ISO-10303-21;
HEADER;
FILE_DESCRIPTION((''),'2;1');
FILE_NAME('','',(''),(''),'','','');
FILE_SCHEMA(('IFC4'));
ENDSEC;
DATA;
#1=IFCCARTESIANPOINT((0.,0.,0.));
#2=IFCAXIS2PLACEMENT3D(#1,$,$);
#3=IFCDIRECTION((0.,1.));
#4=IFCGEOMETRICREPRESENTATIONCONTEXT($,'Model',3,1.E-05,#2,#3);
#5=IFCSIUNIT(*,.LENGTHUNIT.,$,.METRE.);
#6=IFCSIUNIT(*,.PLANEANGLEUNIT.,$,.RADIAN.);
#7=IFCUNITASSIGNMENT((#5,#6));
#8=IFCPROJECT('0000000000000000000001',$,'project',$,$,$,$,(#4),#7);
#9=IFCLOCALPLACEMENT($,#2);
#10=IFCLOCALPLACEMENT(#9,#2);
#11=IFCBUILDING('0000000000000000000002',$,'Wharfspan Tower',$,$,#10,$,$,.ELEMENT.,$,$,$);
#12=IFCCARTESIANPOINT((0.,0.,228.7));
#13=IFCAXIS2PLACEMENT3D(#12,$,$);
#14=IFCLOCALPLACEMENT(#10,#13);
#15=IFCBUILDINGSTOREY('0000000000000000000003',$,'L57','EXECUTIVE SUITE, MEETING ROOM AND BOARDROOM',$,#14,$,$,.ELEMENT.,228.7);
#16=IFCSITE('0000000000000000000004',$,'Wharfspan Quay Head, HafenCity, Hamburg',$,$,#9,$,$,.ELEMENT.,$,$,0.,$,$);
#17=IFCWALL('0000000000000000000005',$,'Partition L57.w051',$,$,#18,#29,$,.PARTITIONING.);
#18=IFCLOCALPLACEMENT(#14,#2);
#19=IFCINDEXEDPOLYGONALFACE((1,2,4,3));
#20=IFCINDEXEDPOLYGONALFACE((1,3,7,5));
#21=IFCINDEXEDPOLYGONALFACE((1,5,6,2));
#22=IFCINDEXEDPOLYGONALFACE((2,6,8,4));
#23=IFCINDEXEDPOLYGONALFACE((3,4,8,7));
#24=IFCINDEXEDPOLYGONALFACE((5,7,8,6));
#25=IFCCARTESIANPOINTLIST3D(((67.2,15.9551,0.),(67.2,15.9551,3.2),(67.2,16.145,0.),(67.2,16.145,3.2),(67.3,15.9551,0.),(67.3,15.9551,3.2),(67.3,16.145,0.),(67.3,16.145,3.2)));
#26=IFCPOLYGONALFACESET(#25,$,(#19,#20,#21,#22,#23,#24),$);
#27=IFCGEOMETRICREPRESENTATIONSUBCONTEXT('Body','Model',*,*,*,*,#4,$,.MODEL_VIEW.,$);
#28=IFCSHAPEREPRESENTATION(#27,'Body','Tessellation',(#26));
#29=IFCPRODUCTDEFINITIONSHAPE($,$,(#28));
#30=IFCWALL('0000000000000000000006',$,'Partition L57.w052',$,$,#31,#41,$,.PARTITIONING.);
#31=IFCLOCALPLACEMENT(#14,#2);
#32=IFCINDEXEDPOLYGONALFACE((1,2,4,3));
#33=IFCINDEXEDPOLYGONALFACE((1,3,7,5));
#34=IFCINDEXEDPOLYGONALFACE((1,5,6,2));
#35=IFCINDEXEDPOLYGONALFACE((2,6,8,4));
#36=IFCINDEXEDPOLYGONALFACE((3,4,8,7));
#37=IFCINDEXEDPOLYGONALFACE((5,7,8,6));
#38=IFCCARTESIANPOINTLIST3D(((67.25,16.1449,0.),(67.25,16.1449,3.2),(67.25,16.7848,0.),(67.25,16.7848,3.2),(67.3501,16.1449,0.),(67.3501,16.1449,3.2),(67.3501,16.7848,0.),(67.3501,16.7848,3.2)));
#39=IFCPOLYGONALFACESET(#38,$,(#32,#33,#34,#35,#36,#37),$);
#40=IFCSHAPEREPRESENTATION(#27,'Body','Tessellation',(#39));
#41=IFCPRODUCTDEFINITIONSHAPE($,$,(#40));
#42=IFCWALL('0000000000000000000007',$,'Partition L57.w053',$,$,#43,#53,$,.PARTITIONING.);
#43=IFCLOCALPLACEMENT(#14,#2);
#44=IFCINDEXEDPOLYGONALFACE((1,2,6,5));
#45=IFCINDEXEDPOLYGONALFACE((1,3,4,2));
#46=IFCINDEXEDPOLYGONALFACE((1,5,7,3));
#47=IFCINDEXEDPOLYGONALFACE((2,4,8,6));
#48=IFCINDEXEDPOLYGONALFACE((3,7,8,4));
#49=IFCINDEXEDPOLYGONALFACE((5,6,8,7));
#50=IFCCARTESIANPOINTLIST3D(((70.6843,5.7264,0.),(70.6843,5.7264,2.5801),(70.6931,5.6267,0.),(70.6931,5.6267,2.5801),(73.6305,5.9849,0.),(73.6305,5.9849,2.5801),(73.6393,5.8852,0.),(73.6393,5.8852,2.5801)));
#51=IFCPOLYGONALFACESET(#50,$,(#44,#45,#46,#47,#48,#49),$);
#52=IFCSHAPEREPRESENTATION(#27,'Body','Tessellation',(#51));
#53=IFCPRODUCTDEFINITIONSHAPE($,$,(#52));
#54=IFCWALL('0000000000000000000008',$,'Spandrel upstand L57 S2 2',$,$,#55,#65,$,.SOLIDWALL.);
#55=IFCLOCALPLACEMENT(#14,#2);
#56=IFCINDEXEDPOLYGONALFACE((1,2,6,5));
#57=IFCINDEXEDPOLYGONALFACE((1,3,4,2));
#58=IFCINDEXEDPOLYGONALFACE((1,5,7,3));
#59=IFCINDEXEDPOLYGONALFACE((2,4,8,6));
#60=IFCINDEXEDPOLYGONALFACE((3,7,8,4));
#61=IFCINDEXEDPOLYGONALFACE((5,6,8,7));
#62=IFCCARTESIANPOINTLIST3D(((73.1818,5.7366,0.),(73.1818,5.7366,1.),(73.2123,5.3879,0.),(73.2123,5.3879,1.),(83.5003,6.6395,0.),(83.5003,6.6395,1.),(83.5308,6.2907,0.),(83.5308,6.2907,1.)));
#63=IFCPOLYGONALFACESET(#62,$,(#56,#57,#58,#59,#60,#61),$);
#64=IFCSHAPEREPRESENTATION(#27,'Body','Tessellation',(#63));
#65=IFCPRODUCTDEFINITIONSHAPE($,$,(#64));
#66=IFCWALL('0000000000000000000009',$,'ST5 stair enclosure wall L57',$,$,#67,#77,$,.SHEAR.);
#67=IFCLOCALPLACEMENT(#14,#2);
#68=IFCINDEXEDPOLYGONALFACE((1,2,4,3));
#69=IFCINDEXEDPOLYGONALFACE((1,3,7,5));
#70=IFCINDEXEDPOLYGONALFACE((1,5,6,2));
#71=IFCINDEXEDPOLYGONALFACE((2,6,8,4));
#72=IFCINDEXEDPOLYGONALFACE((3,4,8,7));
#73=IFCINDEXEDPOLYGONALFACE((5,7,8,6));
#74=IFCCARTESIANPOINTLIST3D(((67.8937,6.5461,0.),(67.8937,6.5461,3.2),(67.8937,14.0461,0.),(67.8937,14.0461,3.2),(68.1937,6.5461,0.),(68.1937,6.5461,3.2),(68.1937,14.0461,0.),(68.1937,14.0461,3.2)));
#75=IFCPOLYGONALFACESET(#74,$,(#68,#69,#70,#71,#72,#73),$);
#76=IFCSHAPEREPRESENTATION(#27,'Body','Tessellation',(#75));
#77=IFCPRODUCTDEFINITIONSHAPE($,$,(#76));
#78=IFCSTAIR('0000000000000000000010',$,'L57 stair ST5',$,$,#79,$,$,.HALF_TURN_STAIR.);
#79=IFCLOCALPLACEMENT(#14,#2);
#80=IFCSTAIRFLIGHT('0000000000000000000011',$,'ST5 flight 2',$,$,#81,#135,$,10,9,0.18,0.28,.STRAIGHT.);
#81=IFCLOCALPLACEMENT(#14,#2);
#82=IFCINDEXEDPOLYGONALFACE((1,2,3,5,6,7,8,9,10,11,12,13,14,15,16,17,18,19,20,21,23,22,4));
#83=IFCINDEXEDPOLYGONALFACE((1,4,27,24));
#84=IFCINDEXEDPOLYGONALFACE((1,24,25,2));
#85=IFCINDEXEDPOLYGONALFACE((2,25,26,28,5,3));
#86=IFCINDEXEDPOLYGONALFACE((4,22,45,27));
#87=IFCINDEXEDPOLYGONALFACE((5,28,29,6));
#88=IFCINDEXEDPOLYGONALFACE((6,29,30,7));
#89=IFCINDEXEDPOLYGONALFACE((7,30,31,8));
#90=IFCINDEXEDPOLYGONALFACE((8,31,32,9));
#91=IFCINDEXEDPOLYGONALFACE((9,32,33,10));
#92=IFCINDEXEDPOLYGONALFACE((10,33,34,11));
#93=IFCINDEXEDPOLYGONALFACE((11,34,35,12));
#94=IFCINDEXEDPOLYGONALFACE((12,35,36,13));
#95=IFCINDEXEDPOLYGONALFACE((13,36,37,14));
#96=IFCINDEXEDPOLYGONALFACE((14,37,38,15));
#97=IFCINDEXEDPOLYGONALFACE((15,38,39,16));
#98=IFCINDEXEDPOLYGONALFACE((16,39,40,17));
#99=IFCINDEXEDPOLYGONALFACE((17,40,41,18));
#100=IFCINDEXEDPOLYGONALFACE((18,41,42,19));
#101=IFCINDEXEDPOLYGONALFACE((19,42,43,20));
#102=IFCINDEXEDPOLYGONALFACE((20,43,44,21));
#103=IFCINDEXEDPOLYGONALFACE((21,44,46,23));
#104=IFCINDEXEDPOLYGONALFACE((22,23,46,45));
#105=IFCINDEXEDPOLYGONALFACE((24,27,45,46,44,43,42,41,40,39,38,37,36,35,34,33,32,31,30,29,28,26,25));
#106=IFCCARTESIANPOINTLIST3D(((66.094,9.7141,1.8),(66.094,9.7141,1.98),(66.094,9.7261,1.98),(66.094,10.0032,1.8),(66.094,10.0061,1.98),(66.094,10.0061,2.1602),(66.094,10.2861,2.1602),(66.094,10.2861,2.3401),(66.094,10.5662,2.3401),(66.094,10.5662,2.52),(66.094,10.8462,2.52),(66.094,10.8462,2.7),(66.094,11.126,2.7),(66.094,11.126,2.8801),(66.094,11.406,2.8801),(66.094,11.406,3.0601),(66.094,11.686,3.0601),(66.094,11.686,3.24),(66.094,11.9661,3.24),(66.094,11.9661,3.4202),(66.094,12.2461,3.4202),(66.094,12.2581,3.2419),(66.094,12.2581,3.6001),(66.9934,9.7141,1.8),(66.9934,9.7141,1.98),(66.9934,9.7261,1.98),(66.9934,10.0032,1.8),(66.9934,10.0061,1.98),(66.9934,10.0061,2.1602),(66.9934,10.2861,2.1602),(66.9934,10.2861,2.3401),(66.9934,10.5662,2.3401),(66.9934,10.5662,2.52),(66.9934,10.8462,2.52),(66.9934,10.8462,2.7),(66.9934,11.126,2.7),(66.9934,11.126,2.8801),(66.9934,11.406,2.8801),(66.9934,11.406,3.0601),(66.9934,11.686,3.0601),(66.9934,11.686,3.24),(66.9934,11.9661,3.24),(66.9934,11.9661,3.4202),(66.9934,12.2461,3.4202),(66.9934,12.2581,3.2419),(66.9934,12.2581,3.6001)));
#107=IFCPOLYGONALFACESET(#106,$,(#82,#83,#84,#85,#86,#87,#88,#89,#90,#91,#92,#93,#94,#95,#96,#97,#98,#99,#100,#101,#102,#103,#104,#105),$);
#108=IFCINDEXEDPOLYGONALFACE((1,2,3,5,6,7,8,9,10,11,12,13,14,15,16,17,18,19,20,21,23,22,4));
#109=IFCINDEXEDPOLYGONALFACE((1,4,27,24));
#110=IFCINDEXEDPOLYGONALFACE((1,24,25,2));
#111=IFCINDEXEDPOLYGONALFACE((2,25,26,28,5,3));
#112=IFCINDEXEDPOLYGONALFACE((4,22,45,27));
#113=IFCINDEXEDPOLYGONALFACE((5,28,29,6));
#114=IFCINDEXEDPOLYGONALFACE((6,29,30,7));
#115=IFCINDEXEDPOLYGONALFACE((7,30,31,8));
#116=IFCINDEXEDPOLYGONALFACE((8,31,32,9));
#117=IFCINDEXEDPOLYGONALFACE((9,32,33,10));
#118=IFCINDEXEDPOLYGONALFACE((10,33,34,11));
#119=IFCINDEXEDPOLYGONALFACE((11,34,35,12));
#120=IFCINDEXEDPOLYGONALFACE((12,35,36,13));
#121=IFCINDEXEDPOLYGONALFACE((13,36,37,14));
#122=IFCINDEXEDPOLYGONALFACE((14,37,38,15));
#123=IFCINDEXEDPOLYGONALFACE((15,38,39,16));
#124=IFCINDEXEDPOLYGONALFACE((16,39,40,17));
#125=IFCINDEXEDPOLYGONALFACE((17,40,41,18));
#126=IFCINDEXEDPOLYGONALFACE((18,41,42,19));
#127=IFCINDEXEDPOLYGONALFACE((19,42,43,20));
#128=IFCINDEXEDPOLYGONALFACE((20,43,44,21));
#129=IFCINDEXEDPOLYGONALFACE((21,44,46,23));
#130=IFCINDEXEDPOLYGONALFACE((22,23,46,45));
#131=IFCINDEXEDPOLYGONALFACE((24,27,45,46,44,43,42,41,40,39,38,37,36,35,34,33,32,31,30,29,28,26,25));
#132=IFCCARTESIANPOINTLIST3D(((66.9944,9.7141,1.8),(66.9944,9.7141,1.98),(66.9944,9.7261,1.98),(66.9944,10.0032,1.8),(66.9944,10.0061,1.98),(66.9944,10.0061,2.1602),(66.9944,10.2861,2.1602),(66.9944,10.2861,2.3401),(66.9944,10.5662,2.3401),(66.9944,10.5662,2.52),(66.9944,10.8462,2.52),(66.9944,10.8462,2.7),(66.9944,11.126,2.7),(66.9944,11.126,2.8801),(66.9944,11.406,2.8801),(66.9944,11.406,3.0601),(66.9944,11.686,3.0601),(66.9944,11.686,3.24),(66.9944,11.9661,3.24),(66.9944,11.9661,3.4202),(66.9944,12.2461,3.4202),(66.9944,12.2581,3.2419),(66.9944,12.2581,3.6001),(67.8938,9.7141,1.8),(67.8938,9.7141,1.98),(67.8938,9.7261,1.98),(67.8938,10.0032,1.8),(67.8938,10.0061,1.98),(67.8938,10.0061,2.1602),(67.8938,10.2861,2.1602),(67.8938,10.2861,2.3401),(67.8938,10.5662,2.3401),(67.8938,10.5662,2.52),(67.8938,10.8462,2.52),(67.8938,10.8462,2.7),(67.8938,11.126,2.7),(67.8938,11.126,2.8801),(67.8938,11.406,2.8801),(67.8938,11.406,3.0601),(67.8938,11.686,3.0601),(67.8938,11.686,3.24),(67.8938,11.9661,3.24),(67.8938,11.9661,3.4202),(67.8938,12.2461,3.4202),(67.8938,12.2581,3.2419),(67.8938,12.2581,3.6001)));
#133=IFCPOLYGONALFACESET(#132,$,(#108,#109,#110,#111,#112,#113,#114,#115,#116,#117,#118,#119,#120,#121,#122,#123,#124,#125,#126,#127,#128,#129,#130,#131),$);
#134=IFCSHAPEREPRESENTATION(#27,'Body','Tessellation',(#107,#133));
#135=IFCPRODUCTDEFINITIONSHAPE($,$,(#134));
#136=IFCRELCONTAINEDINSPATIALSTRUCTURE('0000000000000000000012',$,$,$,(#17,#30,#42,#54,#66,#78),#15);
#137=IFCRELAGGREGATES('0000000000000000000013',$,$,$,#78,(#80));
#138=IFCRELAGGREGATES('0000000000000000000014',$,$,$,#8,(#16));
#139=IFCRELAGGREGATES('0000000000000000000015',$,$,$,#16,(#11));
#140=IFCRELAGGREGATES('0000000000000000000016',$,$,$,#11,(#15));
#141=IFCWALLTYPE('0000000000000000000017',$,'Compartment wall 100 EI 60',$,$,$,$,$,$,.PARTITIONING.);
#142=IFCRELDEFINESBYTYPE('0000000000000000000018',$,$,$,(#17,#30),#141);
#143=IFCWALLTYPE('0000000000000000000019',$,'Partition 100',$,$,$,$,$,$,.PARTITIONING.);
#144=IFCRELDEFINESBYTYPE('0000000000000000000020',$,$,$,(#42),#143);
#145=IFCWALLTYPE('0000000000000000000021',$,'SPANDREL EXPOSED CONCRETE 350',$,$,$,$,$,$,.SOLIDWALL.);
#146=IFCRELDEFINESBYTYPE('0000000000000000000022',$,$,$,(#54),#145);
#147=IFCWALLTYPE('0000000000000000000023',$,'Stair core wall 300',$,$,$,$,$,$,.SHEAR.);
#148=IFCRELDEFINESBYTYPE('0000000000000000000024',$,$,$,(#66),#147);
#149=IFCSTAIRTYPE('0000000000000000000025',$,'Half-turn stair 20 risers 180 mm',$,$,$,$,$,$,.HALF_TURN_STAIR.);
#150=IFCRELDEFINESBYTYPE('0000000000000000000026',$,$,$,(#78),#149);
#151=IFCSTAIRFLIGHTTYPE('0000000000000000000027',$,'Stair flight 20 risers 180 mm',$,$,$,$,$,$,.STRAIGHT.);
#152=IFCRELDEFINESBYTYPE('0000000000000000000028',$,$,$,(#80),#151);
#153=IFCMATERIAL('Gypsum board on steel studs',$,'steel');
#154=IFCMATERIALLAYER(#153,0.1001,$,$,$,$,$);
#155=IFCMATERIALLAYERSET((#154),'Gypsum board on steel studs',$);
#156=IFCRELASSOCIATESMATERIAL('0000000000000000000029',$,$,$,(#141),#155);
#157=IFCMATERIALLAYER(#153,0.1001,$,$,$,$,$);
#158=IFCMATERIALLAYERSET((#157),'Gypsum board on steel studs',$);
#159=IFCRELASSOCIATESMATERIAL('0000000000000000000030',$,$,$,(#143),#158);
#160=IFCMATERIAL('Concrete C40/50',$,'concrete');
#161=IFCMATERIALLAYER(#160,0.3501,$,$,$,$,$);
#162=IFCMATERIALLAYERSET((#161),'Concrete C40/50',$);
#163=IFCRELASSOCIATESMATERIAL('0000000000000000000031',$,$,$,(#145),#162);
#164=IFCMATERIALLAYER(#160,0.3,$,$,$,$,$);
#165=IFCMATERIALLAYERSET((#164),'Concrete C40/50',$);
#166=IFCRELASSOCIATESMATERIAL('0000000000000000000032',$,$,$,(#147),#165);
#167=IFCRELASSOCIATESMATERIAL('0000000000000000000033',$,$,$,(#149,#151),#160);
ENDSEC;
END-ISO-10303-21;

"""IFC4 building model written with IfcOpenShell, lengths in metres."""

from ifc_helpers import new_model, si_unit, direction, frame, frame_2d, origin, place, context, subcontext, project, spatial, polyline, rectangle, outline, extrude, material, layer, layer_set, type_object, element, aggregate, save


model = new_model("IFC4")

# Units and contexts
model_context = context("Model", 3, precision=1e-05, world=origin(), true_north=direction((0.0, 1.0)))
body_context = subcontext(model_context, "Body", "Model", "MODEL_VIEW")
ifc_project = project(units=[si_unit("LENGTHUNIT", "METRE"), si_unit("PLANEANGLEUNIT", "RADIAN")], contexts=[model_context])

# Site, building, storey
site_placement = place(None, origin())
site = spatial("IfcSite", under=ifc_project, at=site_placement, Name="Wharfspan Quay Head, HafenCity, Hamburg", CompositionType="ELEMENT", RefElevation=0.0)
building_placement = place(site_placement, origin())
building = spatial("IfcBuilding", under=site, at=building_placement, Name="Wharfspan Tower", CompositionType="ELEMENT")
storey_placement = place(building_placement, frame((0.0, 0.0, 228.7)))
storey = spatial("IfcBuildingStorey", under=building, at=storey_placement, Name="L57", Description="EXECUTIVE SUITE, MEETING ROOM AND BOARDROOM", CompositionType="ELEMENT", Elevation=228.7)

# Walls
ifc_material_1 = material(Name="Gypsum board on steel studs", Category="steel")
ifc_layer_1 = layer(ifc_material_1, 0.1001)
ifc_layer_set_1 = layer_set([ifc_layer_1], Name="Gypsum board on steel studs")
wall_type_1 = type_object("IfcWallType", Name="Compartment wall 100 EI 60", PredefinedType="PARTITIONING", material=ifc_layer_set_1)
wall_1_placement = place(storey_placement, frame((67.25, 15.9551, 0.0), z_axis=(0.0, 0.0, 1.0), x_axis=(0.0, 1.0, 0.0)))
element("IfcWall", 1, at=wall_1_placement, inside=storey, type_object=wall_type_1, Name="Partition L57.w051", PredefinedType="PARTITIONING", context=body_context, shape_type="SweptSolid", body=[
    extrude(rectangle(XDim=0.1899, YDim=0.1001, at=frame_2d((0.095, 0.0))), origin(), (0.0, 0.0, 1.0), 3.2),
])
wall_2_placement = place(storey_placement, frame((67.3, 16.145, 0.0), z_axis=(0.0, 0.0, 1.0), x_axis=(0.0, 1.0, 0.0)))
element("IfcWall", 2, at=wall_2_placement, inside=storey, type_object=wall_type_1, Name="Partition L57.w052", PredefinedType="PARTITIONING", context=body_context, shape_type="SweptSolid", body=[
    extrude(rectangle(XDim=0.6399, YDim=0.1001, at=frame_2d((0.3198, 0.0))), origin(), (0.0, 0.0, 1.0), 3.2),
])
ifc_layer_2 = layer(ifc_material_1, 0.1001)
ifc_layer_set_2 = layer_set([ifc_layer_2], Name="Gypsum board on steel studs")
wall_type_2 = type_object("IfcWallType", Name="Partition 100", PredefinedType="PARTITIONING", material=ifc_layer_set_2)
wall_3_placement = place(storey_placement, frame((70.6887, 5.6765, 0.0), z_axis=(0.0, 0.0, 1.0), x_axis=(0.996174, 0.087417, 0.0)))
element("IfcWall", 3, at=wall_3_placement, inside=storey, type_object=wall_type_2, Name="Partition L57.w053", PredefinedType="PARTITIONING", context=body_context, shape_type="SweptSolid", body=[
    extrude(rectangle(XDim=2.9575, YDim=0.1001, at=frame_2d((1.4788, 0.0))), origin(), (0.0, 0.0, 1.0), 2.5801),
])
ifc_material_2 = material(Name="Concrete C40/50", Category="concrete")
ifc_layer_3 = layer(ifc_material_2, 0.3501)
ifc_layer_set_3 = layer_set([ifc_layer_3], Name="Concrete C40/50")
wall_type_3 = type_object("IfcWallType", Name="SPANDREL EXPOSED CONCRETE 350", PredefinedType="SOLIDWALL", material=ifc_layer_set_3)
wall_4_placement = place(storey_placement, frame((73.197, 5.5623, 0.0), z_axis=(0.0, 0.0, 1.0), x_axis=(0.996198, 0.087163, 0.0)))
element("IfcWall", 4, at=wall_4_placement, inside=storey, type_object=wall_type_3, Name="Spandrel upstand L57 S2 2", PredefinedType="SOLIDWALL", context=body_context, shape_type="SweptSolid", body=[
    extrude(rectangle(XDim=10.3579, YDim=0.3501, at=frame_2d((5.179, 0.0))), origin(), (0.0, 0.0, 1.0), 1.0),
])
ifc_layer_4 = layer(ifc_material_2, 0.3)
ifc_layer_set_4 = layer_set([ifc_layer_4], Name="Concrete C40/50")
wall_type_4 = type_object("IfcWallType", Name="Stair core wall 300", PredefinedType="SHEAR", material=ifc_layer_set_4)
wall_5_placement = place(storey_placement, frame((68.0437, 6.5461, 0.0), z_axis=(0.0, 0.0, 1.0), x_axis=(0.0, 1.0, 0.0)))
element("IfcWall", 5, at=wall_5_placement, inside=storey, type_object=wall_type_4, Name="ST5 stair enclosure wall L57", PredefinedType="SHEAR", context=body_context, shape_type="SweptSolid", body=[
    extrude(rectangle(XDim=7.5, YDim=0.3, at=frame_2d((3.75, 0.0))), origin(), (0.0, 0.0, 1.0), 3.2),
])

# Stair, stair flight
stair_type = type_object("IfcStairType", Name="Half-turn stair 20 risers 180 mm", PredefinedType="HALF_TURN_STAIR", material=ifc_material_2)
stair_placement = place(storey_placement, origin())
stair = element("IfcStair", 6, at=stair_placement, inside=storey, type_object=stair_type, Name="L57 stair ST5", PredefinedType="HALF_TURN_STAIR")
stair_flight_type = type_object("IfcStairFlightType", Name="Stair flight 20 risers 180 mm", PredefinedType="STRAIGHT", material=ifc_material_2)
stair_flight_placement = place(storey_placement, frame((66.9939, 9.7261, 1.8), z_axis=(0.0, 0.0, 1.0), x_axis=(0.0, 1.0, 0.0)))
stair_flight = element("IfcStairFlight", 7, at=stair_flight_placement, type_object=stair_flight_type, Name="ST5 flight 2", NumberOfRisers=10, NumberOfTreads=9, PredefinedType="STRAIGHT", RiserHeight=0.18, TreadLength=0.28, context=body_context, shape_type="SweptSolid", body=[
    extrude(outline(polyline([(-0.012, 0.0), (-0.012, 0.1799), (0.0, 0.1799), (0.28, 0.1799), (0.28, 0.3601), (0.5601, 0.3601), (0.5601, 0.54), (0.8401, 0.54), (0.8401, 0.72), (1.1201, 0.72), (1.1201, 0.8999), (1.3999, 0.8999), (1.3999, 1.0801), (1.6799, 1.0801), (1.6799, 1.26), (1.96, 1.26), (1.96, 1.4399), (2.24, 1.4399), (2.24, 1.6201), (2.52, 1.6201), (2.532, 1.8), (2.532, 1.4419), (0.2771, 0.0), (-0.012, 0.0)])), frame((0.0, 0.8999, 0.0), z_axis=(0.0, -1.0, 0.0), x_axis=(1.0, 0.0, 0.0)), (0.0, 0.0, 1.0), 0.8994),
    extrude(outline(polyline([(-0.012, 0.0), (-0.012, 0.1799), (0.0, 0.1799), (0.28, 0.1799), (0.28, 0.3601), (0.5601, 0.3601), (0.5601, 0.54), (0.8401, 0.54), (0.8401, 0.72), (1.1201, 0.72), (1.1201, 0.8999), (1.3999, 0.8999), (1.3999, 1.0801), (1.6799, 1.0801), (1.6799, 1.26), (1.96, 1.26), (1.96, 1.4399), (2.24, 1.4399), (2.24, 1.6201), (2.52, 1.6201), (2.532, 1.8), (2.532, 1.4419), (0.2771, 0.0), (-0.012, 0.0)])), frame((0.0, -0.0005, 0.0), z_axis=(0.0, -1.0, 0.0), x_axis=(1.0, 0.0, 0.0)), (0.0, 0.0, 1.0), 0.8994),
])
aggregate(stair, [stair_flight])

save(model, "model.ifc")
